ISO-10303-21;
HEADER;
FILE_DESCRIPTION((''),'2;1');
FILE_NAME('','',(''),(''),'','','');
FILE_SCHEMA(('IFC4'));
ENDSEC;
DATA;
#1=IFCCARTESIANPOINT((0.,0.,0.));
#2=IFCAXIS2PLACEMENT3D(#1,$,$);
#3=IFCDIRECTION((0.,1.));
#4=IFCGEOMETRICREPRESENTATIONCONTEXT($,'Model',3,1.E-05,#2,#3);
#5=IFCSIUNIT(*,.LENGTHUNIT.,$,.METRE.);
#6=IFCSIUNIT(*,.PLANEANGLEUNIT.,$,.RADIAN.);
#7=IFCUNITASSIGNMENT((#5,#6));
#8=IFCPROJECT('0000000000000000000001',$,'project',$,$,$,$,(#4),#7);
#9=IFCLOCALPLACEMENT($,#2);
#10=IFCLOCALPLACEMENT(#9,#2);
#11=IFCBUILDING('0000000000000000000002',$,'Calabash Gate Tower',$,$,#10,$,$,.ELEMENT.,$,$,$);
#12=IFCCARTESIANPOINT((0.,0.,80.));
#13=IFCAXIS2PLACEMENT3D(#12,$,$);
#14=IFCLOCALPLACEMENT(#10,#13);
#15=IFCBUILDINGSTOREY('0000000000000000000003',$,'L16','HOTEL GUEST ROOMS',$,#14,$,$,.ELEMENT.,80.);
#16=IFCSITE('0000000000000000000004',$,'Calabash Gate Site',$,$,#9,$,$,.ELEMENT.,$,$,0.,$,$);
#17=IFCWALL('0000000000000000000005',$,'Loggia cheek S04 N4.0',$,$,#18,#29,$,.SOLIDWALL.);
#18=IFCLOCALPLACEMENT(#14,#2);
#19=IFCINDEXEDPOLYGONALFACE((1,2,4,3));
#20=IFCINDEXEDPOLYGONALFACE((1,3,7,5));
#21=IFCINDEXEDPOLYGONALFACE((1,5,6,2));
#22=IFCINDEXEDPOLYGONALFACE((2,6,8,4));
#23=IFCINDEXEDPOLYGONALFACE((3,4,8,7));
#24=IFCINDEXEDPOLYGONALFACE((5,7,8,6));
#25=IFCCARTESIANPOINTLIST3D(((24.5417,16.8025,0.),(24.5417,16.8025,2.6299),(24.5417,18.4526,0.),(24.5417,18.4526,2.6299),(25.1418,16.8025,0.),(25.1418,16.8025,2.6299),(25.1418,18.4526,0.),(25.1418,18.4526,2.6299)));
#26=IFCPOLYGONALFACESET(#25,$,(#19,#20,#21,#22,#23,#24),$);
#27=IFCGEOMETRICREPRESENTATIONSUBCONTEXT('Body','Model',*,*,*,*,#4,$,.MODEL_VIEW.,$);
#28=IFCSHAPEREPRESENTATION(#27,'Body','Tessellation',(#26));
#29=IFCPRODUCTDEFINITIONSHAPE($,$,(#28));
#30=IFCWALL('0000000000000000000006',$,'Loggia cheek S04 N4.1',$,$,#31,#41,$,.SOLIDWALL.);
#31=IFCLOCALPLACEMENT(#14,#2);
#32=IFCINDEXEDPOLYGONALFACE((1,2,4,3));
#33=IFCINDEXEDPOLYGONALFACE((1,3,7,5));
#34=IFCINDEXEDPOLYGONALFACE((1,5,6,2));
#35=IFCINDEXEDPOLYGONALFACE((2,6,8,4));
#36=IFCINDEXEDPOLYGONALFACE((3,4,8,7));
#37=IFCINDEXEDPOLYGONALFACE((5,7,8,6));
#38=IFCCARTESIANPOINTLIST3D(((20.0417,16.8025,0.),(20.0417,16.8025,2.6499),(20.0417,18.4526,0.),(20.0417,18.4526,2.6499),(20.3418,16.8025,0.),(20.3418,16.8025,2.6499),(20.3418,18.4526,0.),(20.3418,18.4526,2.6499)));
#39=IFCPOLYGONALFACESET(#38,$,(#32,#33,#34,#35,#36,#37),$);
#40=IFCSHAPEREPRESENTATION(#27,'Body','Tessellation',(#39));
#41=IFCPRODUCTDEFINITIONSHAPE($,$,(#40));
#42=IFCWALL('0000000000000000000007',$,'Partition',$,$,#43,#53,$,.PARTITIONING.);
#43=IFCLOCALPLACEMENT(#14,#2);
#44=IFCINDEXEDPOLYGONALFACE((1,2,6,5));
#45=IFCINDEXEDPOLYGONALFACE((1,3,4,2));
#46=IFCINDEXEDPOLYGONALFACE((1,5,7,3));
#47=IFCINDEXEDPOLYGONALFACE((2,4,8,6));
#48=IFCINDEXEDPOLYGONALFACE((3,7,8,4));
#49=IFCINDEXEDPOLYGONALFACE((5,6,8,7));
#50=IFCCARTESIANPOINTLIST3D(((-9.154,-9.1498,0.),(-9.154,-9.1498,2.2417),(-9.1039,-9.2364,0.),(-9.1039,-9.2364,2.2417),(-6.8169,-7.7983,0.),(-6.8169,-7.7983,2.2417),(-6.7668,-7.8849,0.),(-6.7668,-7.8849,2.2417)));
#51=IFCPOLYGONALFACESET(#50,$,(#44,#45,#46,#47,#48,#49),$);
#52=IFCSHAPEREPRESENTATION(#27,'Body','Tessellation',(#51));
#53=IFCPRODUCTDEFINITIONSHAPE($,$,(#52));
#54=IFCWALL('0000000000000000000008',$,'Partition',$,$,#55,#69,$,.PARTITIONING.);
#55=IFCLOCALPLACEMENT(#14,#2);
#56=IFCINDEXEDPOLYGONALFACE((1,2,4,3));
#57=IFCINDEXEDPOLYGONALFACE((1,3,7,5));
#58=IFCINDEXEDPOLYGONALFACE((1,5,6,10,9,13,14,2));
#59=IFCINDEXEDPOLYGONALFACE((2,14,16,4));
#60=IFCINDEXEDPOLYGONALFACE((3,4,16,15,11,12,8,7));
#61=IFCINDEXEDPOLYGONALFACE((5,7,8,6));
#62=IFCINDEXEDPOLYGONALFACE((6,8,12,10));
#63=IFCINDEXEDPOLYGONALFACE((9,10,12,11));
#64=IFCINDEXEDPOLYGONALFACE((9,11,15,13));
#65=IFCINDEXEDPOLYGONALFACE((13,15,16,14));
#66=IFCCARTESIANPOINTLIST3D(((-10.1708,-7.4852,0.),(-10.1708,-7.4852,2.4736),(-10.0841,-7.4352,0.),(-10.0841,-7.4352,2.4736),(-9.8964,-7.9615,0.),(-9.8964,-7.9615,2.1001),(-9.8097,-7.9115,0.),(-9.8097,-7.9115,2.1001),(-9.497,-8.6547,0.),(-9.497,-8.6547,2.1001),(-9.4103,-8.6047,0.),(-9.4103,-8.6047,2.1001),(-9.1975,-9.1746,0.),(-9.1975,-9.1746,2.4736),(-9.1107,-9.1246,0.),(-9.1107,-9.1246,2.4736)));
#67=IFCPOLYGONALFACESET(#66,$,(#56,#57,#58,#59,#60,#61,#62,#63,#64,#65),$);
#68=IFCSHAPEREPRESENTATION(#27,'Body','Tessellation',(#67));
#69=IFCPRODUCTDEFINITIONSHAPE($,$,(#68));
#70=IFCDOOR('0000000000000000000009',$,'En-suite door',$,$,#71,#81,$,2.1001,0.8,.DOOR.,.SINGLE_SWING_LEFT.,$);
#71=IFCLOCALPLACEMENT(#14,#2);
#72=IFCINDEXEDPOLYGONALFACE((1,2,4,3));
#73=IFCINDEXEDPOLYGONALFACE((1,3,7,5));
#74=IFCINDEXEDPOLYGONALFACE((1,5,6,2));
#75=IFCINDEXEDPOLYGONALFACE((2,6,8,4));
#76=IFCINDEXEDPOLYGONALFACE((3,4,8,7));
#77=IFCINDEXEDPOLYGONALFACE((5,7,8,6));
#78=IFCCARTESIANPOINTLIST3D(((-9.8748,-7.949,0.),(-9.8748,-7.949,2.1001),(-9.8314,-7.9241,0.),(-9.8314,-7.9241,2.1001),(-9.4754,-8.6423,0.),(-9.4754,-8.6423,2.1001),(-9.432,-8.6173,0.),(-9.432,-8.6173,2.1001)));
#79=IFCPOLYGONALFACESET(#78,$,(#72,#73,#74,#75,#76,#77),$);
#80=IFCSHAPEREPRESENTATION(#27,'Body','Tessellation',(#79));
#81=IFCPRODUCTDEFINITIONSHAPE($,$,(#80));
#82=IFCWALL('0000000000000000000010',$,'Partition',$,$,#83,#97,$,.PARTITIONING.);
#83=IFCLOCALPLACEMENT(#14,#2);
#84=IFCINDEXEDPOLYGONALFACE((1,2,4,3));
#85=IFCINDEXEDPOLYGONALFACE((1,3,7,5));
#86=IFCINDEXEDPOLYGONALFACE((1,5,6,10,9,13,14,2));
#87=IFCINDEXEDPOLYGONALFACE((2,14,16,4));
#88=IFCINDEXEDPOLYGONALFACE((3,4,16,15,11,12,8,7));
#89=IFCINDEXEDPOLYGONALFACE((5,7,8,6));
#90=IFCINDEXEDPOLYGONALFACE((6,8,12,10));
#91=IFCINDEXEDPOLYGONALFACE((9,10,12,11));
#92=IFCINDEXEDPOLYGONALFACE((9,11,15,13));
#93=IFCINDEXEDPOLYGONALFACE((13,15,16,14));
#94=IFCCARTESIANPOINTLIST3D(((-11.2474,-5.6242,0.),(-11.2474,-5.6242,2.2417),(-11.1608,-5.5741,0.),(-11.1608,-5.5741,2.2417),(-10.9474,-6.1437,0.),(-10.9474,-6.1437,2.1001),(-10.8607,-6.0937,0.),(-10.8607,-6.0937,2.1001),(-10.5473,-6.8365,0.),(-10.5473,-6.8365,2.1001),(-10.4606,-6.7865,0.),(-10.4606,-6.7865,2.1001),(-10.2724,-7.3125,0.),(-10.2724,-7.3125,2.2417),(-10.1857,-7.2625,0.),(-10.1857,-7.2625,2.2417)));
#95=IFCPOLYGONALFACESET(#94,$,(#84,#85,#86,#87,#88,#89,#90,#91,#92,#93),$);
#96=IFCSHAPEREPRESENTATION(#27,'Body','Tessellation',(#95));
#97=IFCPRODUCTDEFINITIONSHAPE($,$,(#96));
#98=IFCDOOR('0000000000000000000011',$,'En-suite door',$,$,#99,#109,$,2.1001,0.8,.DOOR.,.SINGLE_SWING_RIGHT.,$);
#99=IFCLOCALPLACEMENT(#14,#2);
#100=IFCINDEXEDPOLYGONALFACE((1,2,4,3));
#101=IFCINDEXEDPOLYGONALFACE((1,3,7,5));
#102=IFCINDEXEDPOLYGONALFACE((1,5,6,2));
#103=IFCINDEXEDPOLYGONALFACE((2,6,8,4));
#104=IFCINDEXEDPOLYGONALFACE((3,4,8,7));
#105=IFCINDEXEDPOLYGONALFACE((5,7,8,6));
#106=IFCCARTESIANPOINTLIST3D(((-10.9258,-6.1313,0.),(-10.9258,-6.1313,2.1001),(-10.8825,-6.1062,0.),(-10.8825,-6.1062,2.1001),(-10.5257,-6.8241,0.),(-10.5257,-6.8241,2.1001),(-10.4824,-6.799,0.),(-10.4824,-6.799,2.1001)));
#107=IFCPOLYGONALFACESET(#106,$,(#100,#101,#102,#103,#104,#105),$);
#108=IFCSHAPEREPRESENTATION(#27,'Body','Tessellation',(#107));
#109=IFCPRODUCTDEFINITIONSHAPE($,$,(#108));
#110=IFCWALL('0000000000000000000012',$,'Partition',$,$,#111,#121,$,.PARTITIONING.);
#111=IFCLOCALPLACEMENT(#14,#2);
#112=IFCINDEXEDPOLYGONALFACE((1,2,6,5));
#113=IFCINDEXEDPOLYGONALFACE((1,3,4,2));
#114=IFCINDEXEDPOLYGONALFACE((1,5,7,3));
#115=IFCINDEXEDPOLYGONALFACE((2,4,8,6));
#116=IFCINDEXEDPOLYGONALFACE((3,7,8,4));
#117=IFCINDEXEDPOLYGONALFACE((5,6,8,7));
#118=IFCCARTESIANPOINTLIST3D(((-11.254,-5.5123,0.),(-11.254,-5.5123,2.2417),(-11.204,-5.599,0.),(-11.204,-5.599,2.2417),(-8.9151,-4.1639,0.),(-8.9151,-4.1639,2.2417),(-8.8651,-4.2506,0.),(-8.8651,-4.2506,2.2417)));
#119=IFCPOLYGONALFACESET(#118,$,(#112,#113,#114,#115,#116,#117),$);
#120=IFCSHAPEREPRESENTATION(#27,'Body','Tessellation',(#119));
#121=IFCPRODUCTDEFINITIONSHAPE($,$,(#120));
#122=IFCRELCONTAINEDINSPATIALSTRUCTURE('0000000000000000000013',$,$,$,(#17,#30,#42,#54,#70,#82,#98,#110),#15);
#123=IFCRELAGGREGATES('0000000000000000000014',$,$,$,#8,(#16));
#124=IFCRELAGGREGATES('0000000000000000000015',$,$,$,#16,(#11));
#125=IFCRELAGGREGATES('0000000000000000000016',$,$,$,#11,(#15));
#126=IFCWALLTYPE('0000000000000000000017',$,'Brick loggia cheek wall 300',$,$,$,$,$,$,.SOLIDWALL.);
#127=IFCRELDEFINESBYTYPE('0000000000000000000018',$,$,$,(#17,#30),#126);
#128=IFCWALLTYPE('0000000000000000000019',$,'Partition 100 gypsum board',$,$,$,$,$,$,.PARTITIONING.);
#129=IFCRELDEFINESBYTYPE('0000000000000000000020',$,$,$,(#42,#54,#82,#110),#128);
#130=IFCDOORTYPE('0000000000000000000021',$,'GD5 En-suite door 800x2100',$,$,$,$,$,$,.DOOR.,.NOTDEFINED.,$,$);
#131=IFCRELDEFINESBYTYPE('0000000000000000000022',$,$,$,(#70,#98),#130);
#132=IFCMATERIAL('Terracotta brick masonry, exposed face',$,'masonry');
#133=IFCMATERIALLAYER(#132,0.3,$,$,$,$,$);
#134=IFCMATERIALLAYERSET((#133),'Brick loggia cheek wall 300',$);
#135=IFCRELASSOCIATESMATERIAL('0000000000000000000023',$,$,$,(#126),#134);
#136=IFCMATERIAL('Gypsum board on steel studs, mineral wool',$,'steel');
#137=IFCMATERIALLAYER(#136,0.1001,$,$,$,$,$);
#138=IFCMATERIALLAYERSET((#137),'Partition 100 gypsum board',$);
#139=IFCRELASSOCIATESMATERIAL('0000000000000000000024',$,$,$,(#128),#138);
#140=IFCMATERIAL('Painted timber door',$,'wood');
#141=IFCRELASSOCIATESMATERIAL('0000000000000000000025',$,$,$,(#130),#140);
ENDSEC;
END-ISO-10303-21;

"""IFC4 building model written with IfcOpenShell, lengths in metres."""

from ifc_helpers import new_model, si_unit, direction, frame, frame_2d, origin, place, context, subcontext, project, spatial, polyline, rectangle, outline, extrude, material, layer, layer_set, type_object, element, fill, save


model = new_model("IFC4")

# Units and contexts
model_context = context("Model", 3, precision=1e-05, world=origin(), true_north=direction((0.0, 1.0)))
body_context = subcontext(model_context, "Body", "Model", "MODEL_VIEW")
ifc_project = project(units=[si_unit("LENGTHUNIT", "METRE"), si_unit("PLANEANGLEUNIT", "RADIAN")], contexts=[model_context])

# Site, building, storey
site_placement = place(None, origin())
site = spatial("IfcSite", under=ifc_project, at=site_placement, Name="Calabash Gate Site", CompositionType="ELEMENT", RefElevation=0.0)
building_placement = place(site_placement, origin())
building = spatial("IfcBuilding", under=site, at=building_placement, Name="Calabash Gate Tower", CompositionType="ELEMENT")
storey_placement = place(building_placement, frame((0.0, 0.0, 80.0)))
storey = spatial("IfcBuildingStorey", under=building, at=storey_placement, Name="L16", Description="HOTEL GUEST ROOMS", CompositionType="ELEMENT", Elevation=80.0)

# Walls
ifc_material_1 = material(Name="Terracotta brick masonry, exposed face", Category="masonry")
ifc_layer_1 = layer(ifc_material_1, 0.3)
ifc_layer_set_1 = layer_set([ifc_layer_1], Name="Brick loggia cheek wall 300")
wall_type_1 = type_object("IfcWallType", Name="Brick loggia cheek wall 300", PredefinedType="SOLIDWALL", material=ifc_layer_set_1)
wall_1_placement = place(storey_placement, origin())
element("IfcWall", 1, at=wall_1_placement, inside=storey, type_object=wall_type_1, Name="Loggia cheek S04 N4.0", PredefinedType="SOLIDWALL", context=body_context, shape_type="SweptSolid", body=[
    extrude(outline(polyline([(25.1418, 16.8025), (25.1418, 18.4526), (24.5417, 18.4526), (24.5417, 16.8025), (25.1418, 16.8025)])), origin(), (0.0, 0.0, 1.0), 2.6299),
])
wall_2_placement = place(storey_placement, origin())
element("IfcWall", 2, at=wall_2_placement, inside=storey, type_object=wall_type_1, Name="Loggia cheek S04 N4.1", PredefinedType="SOLIDWALL", context=body_context, shape_type="SweptSolid", body=[
    extrude(outline(polyline([(20.0417, 18.4526), (20.0417, 16.8025), (20.3418, 16.8025), (20.3418, 18.4526), (20.0417, 18.4526)])), origin(), (0.0, 0.0, 1.0), 2.6499),
])
ifc_material_2 = material(Name="Gypsum board on steel studs, mineral wool", Category="steel")
ifc_layer_2 = layer(ifc_material_2, 0.1001)
ifc_layer_set_2 = layer_set([ifc_layer_2], Name="Partition 100 gypsum board")
wall_type_2 = type_object("IfcWallType", Name="Partition 100 gypsum board", PredefinedType="PARTITIONING", material=ifc_layer_set_2)
wall_3_placement = place(storey_placement, frame((-9.1289, -9.1931, 0.0), z_axis=(0.0, 0.0, 1.0), x_axis=(0.865672, 0.500612, 0.0)))
element("IfcWall", 3, at=wall_3_placement, inside=storey, type_object=wall_type_2, Name="Partition", PredefinedType="PARTITIONING", context=body_context, shape_type="SweptSolid", body=[
    extrude(rectangle(XDim=2.6997, YDim=0.1001, at=frame_2d((1.3499, 0.0))), origin(), (0.0, 0.0, 1.0), 2.2417),
])

# Walls, openings, doors
wall_4_placement = place(storey_placement, frame((-10.1274, -7.4602, 0.0), z_axis=(0.0, 0.0, 1.0), x_axis=(0.499224, -0.866473, 0.0)))
wall_4 = element("IfcWall", 4, at=wall_4_placement, inside=storey, type_object=wall_type_2, Name="Partition", PredefinedType="PARTITIONING", context=body_context, shape_type="SweptSolid", body=[
    extrude(rectangle(XDim=1.9497, YDim=0.1001, at=frame_2d((0.9749, 0.0))), origin(), (0.0, 0.0, 1.0), 2.4736),
])
opening_1_placement = place(wall_4_placement, frame((0.5498, 0.0, 0.0)))
opening_1 = element("IfcOpeningElement", 5, at=opening_1_placement, cuts=wall_4, PredefinedType="OPENING", context=body_context, shape_type="SweptSolid", body=[
    extrude(rectangle(XDim=0.8, YDim=2.1001, at=frame_2d((0.3999, 1.05))), frame((0.0, 0.0601, 0.0), z_axis=(0.0, -1.0, 0.0), x_axis=(1.0, 0.0, 0.0)), (0.0, 0.0, 1.0), 0.1201),
])
ifc_material_3 = material(Name="Painted timber door", Category="wood")
door_type_1 = type_object("IfcDoorType", Name="GD5 En-suite door 800x2100", OperationType="NOTDEFINED", PredefinedType="DOOR", material=ifc_material_3)
door_1_placement = place(opening_1_placement, origin())
door_1 = element("IfcDoor", 6, at=door_1_placement, inside=storey, type_object=door_type_1, Name="En-suite door", OperationType="SINGLE_SWING_LEFT", OverallHeight=2.1001, OverallWidth=0.8, PredefinedType="DOOR", context=body_context, shape_type="SweptSolid", body=[
    extrude(rectangle(XDim=0.8, YDim=2.1001, at=frame_2d((0.3999, 1.05))), frame((0.0, 0.0249, 0.0), z_axis=(0.0, -1.0, 0.0), x_axis=(1.0, 0.0, 0.0)), (0.0, 0.0, 1.0), 0.05),
])
fill(opening_1, door_1)
wall_5_placement = place(storey_placement, frame((-11.2041, -5.5991, 0.0), z_axis=(0.0, 0.0, 1.0), x_axis=(0.500098, -0.865969, 0.0)))
wall_5 = element("IfcWall", 7, at=wall_5_placement, inside=storey, type_object=wall_type_2, Name="Partition", PredefinedType="PARTITIONING", context=body_context, shape_type="SweptSolid", body=[
    extrude(rectangle(XDim=1.9497, YDim=0.1001, at=frame_2d((0.9749, 0.0))), origin(), (0.0, 0.0, 1.0), 2.2417),
])
opening_2_placement = place(wall_5_placement, frame((0.6001, 0.0, 0.0)))
opening_2 = element("IfcOpeningElement", 8, at=opening_2_placement, cuts=wall_5, PredefinedType="OPENING", context=body_context, shape_type="SweptSolid", body=[
    extrude(rectangle(XDim=0.8, YDim=2.1001, at=frame_2d((0.3999, 1.05))), frame((0.0, 0.0601, 0.0), z_axis=(0.0, -1.0, 0.0), x_axis=(1.0, 0.0, 0.0)), (0.0, 0.0, 1.0), 0.1201),
])
door_2_placement = place(opening_2_placement, origin())
door_2 = element("IfcDoor", 9, at=door_2_placement, inside=storey, type_object=door_type_1, Name="En-suite door", OperationType="SINGLE_SWING_RIGHT", OverallHeight=2.1001, OverallWidth=0.8, PredefinedType="DOOR", context=body_context, shape_type="SweptSolid", body=[
    extrude(rectangle(XDim=0.8, YDim=2.1001, at=frame_2d((0.3999, 1.05))), frame((0.0, 0.0249, 0.0), z_axis=(0.0, -1.0, 0.0), x_axis=(1.0, 0.0, 0.0)), (0.0, 0.0, 1.0), 0.05),
])
fill(opening_2, door_2)

# Wall
wall_6_placement = place(storey_placement, frame((-11.229, -5.5557, 0.0), z_axis=(0.0, 0.0, 1.0), x_axis=(0.866339, 0.499456, 0.0)))
element("IfcWall", 10, at=wall_6_placement, inside=storey, type_object=wall_type_2, Name="Partition", PredefinedType="PARTITIONING", context=body_context, shape_type="SweptSolid", body=[
    extrude(rectangle(XDim=2.6997, YDim=0.1001, at=frame_2d((1.3499, 0.0))), origin(), (0.0, 0.0, 1.0), 2.2417),
])

save(model, "model.ifc")
